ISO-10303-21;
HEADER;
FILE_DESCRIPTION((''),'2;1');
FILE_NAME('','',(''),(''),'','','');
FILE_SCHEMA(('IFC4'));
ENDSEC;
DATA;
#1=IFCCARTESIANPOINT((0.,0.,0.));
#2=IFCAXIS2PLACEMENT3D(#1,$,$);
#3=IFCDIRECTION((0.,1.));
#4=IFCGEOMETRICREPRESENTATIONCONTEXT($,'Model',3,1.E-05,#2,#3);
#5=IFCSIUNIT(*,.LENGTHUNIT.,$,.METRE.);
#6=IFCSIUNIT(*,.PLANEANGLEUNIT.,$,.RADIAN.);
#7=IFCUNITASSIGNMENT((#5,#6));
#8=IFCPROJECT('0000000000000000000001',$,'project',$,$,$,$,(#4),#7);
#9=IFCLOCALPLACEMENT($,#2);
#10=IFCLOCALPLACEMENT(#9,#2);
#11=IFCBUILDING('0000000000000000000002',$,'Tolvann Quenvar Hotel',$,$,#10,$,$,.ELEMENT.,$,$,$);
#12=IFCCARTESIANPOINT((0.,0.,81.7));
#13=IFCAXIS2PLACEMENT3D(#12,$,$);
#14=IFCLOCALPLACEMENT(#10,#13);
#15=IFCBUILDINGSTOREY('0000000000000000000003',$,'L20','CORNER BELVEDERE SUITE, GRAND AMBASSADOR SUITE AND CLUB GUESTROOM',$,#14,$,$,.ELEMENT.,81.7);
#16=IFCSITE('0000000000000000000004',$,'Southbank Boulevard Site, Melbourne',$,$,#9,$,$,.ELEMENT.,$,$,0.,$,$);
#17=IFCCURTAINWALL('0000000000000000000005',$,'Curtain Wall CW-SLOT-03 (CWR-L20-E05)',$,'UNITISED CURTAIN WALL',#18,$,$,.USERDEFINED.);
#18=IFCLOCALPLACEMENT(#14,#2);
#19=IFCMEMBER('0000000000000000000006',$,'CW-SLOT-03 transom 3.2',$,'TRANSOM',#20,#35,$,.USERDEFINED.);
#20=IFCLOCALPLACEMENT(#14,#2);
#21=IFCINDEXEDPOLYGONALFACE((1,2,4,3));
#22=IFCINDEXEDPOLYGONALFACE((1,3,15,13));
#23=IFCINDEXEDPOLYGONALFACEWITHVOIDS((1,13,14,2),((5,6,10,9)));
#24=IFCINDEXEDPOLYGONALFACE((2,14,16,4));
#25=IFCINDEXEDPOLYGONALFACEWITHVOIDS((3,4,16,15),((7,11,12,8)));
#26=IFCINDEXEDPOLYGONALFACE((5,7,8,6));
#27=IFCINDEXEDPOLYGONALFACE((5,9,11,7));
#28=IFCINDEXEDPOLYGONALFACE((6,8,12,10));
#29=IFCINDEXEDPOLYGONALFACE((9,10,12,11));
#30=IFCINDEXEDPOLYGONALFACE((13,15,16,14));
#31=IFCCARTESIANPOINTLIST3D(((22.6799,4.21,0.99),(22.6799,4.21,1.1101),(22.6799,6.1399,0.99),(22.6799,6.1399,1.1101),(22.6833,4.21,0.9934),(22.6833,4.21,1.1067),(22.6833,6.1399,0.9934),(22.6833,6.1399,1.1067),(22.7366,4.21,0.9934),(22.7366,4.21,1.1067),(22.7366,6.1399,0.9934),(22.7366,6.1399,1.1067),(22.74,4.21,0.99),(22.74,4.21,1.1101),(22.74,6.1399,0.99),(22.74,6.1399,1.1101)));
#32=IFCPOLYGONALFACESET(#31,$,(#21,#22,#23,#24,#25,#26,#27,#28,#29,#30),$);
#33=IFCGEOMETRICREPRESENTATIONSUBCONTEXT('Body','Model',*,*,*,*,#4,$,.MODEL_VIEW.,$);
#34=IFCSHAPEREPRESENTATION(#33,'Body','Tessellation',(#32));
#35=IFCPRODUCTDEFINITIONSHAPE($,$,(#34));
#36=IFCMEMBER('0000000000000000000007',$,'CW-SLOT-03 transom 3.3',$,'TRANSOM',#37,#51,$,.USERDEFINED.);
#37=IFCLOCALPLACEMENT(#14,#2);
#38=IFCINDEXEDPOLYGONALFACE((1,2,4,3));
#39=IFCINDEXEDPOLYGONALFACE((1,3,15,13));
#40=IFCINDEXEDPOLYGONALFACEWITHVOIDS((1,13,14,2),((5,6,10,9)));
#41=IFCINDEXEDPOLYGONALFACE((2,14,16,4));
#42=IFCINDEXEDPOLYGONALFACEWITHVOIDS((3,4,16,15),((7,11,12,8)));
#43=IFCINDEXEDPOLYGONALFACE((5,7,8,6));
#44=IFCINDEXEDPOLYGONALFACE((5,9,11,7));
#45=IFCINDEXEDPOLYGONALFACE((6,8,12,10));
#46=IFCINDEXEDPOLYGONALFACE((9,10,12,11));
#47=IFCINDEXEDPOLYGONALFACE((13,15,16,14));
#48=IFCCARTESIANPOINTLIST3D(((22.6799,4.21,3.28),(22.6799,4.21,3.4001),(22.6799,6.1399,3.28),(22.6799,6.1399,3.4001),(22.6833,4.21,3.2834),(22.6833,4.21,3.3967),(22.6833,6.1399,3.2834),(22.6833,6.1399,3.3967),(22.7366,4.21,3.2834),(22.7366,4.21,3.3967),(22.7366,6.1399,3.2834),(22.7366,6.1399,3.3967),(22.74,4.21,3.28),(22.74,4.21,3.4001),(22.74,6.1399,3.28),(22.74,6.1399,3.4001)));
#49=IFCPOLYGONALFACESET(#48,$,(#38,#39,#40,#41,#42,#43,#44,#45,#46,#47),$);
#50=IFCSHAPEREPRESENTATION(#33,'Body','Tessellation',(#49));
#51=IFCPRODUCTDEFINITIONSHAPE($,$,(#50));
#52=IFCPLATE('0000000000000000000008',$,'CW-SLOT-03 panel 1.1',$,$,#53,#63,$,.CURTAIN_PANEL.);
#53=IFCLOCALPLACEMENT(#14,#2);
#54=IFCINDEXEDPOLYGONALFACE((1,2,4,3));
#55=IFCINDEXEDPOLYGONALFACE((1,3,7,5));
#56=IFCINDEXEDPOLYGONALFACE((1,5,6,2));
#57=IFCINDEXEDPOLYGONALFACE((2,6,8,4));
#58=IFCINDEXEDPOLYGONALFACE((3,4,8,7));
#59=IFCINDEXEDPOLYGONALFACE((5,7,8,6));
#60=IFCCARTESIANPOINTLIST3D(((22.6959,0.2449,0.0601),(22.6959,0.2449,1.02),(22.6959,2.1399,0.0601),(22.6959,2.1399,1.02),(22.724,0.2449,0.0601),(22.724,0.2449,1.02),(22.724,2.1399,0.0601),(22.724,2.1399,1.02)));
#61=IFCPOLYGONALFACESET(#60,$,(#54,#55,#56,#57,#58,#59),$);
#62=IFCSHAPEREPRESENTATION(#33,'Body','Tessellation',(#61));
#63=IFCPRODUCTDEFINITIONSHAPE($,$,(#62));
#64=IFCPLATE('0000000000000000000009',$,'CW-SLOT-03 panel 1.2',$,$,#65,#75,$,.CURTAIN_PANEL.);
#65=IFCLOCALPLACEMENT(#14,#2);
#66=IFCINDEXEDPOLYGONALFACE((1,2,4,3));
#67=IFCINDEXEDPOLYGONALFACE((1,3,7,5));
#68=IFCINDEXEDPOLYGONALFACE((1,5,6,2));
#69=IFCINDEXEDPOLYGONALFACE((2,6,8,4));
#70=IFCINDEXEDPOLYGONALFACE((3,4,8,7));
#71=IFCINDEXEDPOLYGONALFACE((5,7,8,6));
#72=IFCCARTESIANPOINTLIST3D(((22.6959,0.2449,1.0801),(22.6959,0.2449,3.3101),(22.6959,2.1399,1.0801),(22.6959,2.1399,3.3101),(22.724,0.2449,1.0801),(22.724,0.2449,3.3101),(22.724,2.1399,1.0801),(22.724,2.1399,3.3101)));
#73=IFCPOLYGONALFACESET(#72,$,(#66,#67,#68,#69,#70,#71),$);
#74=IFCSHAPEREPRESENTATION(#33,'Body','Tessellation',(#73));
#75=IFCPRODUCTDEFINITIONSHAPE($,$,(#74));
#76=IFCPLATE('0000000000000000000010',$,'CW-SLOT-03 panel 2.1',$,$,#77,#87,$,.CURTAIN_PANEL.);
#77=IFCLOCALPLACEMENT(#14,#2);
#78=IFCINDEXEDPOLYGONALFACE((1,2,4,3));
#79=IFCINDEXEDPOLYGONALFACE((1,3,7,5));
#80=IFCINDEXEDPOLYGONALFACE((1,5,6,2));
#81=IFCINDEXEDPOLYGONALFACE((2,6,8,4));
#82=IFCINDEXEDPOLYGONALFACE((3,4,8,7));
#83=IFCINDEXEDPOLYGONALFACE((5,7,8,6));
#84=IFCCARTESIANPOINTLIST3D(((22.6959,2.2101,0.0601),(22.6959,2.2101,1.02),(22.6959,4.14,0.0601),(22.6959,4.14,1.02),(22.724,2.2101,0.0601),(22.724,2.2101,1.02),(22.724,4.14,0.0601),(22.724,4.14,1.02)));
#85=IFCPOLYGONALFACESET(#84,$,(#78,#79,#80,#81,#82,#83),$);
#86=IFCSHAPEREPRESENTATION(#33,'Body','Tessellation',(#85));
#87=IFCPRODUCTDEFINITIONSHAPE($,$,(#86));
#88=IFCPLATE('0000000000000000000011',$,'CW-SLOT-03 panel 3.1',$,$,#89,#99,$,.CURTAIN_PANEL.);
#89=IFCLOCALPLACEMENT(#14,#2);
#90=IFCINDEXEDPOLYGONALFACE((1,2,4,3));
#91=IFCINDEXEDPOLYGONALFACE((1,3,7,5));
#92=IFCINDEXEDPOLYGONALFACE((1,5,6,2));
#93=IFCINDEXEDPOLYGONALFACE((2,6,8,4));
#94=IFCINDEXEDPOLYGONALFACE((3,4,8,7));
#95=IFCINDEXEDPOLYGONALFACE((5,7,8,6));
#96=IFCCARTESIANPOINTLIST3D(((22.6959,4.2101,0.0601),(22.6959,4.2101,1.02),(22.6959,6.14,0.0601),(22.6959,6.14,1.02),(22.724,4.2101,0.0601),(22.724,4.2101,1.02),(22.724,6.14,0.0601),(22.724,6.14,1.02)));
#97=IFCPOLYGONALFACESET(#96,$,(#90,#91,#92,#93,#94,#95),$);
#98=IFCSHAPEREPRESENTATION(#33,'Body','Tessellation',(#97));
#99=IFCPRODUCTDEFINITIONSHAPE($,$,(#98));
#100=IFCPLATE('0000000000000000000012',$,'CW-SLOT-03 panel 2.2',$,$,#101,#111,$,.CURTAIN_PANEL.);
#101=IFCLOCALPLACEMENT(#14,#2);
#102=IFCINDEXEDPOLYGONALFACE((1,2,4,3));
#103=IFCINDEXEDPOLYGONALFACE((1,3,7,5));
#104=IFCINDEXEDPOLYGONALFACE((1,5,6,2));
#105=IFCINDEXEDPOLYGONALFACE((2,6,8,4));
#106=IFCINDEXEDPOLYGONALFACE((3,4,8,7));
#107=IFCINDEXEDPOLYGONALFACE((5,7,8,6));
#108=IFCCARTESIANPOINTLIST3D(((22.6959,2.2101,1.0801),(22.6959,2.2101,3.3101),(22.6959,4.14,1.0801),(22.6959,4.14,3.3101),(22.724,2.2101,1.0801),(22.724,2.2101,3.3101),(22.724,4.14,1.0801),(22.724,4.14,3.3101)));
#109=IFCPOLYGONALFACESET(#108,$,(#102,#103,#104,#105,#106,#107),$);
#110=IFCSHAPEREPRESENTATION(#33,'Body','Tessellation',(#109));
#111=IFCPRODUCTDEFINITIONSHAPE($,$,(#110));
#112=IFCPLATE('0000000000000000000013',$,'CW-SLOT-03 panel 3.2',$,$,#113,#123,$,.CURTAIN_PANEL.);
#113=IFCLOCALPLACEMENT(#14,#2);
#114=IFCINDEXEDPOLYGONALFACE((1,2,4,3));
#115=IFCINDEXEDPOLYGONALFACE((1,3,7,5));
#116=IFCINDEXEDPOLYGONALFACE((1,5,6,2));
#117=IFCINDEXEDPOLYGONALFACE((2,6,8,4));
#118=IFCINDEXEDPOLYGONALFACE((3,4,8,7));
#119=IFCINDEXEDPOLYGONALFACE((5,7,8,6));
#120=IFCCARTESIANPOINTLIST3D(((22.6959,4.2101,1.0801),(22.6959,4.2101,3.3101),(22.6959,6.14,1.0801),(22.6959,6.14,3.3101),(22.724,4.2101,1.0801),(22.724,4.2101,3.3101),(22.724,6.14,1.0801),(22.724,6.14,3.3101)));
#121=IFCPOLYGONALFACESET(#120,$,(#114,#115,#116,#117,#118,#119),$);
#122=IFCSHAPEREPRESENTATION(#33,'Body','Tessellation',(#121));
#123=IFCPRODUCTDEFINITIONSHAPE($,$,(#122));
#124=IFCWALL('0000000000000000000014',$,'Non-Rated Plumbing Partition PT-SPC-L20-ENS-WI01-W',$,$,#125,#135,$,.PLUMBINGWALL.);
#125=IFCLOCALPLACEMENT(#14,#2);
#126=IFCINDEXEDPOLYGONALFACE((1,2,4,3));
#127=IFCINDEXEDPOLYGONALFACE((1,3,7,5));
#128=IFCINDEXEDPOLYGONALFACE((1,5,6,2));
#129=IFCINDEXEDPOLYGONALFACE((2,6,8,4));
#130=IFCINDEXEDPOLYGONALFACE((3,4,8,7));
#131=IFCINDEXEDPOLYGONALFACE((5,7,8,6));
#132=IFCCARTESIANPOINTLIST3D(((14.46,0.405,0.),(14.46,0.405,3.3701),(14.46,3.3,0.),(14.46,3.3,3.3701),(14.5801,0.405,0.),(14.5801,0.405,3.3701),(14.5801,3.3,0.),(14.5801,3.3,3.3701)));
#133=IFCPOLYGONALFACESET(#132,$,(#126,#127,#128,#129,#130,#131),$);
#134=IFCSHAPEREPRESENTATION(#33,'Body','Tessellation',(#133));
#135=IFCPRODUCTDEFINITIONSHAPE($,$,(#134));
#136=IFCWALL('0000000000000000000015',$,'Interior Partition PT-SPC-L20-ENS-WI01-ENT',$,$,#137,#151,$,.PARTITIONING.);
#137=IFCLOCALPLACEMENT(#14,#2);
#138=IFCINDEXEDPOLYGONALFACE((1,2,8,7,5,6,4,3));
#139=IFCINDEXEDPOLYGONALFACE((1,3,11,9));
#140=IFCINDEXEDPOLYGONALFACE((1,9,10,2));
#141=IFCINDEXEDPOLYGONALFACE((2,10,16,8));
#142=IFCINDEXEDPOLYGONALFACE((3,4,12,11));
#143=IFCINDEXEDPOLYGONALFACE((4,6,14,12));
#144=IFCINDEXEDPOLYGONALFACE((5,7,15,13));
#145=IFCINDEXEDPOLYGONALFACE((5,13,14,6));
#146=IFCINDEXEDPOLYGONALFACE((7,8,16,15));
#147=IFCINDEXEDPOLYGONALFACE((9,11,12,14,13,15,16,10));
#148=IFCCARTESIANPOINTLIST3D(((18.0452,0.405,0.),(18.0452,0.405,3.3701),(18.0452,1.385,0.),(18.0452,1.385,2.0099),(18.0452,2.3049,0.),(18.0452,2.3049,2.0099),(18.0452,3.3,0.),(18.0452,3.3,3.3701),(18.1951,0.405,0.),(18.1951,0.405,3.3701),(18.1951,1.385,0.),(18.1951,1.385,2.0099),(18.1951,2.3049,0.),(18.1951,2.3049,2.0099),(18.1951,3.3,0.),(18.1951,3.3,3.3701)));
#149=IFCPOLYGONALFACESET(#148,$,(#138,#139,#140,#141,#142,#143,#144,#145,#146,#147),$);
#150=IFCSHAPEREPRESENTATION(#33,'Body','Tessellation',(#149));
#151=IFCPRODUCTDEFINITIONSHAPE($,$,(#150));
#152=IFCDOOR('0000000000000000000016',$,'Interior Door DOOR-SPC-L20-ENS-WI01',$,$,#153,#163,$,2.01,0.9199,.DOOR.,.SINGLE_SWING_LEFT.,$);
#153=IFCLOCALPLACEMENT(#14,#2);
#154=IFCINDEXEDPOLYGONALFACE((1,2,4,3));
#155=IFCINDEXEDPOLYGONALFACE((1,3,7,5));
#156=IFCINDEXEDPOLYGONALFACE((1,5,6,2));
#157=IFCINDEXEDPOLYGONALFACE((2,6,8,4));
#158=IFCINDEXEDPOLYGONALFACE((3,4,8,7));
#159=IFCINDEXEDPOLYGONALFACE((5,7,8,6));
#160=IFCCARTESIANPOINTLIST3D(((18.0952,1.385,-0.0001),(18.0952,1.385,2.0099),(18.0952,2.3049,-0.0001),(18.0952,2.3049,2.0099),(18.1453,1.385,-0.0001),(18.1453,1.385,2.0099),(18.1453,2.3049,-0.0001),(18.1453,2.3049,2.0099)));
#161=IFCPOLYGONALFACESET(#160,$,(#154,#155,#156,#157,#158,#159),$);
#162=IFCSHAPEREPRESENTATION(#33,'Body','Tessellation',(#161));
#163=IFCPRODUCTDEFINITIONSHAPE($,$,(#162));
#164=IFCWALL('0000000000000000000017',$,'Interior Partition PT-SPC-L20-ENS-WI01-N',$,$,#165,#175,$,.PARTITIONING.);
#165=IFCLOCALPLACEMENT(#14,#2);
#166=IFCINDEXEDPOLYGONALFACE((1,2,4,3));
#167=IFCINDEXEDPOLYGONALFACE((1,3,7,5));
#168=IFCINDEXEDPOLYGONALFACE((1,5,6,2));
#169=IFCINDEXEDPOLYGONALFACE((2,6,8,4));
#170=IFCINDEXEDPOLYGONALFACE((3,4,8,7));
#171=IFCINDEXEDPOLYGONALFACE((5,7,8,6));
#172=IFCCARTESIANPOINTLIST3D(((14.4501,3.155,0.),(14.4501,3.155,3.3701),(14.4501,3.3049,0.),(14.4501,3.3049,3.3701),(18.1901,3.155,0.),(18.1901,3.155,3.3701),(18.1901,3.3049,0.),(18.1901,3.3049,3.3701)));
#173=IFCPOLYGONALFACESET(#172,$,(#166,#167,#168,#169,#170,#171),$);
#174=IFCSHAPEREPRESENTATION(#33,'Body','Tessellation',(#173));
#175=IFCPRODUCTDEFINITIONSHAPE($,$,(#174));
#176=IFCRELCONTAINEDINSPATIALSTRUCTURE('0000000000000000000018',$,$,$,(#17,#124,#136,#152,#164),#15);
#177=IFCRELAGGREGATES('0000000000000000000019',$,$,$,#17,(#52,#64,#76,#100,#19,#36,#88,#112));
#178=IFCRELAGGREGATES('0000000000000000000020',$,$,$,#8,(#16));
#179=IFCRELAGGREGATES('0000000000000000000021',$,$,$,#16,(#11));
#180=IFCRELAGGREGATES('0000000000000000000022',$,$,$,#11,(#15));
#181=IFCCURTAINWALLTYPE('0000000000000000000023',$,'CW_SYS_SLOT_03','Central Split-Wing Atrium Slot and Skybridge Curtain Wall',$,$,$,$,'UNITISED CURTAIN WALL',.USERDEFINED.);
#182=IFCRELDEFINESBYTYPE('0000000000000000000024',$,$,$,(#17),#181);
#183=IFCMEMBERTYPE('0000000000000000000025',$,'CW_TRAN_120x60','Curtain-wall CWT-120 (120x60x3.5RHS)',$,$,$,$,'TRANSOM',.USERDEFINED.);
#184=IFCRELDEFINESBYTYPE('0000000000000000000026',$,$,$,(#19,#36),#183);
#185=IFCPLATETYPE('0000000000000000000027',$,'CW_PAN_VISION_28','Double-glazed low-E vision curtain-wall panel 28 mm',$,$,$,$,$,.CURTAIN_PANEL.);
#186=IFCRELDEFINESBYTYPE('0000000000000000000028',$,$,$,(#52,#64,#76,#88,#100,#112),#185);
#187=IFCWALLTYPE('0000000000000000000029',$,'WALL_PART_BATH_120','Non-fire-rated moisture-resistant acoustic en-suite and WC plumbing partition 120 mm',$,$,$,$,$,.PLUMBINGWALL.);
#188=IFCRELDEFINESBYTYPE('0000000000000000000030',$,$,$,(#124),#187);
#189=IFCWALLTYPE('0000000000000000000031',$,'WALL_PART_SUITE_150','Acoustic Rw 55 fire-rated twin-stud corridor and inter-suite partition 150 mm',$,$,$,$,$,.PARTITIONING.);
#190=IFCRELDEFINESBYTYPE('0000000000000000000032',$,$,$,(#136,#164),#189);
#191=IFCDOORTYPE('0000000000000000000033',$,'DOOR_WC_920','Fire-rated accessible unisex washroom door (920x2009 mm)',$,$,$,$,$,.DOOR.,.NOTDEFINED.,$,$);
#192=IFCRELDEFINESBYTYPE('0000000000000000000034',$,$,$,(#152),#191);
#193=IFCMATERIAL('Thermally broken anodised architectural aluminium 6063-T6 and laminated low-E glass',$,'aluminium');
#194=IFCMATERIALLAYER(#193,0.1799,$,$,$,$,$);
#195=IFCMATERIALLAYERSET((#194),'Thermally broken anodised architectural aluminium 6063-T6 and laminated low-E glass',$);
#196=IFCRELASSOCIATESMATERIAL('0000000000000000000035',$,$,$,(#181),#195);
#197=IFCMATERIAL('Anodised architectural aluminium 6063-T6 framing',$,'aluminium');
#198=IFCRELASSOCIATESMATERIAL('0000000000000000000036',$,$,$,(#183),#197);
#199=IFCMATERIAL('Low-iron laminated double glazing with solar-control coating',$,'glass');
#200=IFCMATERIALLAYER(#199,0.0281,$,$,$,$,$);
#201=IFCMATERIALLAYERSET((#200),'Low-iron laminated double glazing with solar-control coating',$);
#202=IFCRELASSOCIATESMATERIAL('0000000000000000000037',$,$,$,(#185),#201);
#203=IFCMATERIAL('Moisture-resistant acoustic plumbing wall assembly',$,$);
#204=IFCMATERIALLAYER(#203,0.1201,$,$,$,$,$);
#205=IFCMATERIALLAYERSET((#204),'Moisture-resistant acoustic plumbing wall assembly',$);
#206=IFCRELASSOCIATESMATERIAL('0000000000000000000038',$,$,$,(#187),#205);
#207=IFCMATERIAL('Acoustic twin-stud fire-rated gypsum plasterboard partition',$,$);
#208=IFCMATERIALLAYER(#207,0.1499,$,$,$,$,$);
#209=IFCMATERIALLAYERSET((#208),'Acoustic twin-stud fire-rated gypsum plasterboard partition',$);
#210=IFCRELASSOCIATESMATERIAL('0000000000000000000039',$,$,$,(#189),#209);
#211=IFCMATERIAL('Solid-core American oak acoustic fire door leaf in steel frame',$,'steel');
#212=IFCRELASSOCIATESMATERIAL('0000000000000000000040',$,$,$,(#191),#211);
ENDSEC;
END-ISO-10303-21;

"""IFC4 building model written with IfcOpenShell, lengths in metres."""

from ifc_helpers import new_model, si_unit, direction, frame, frame_2d, origin, origin_2d, place, context, subcontext, project, spatial, rectangle, hollow_rectangle, extrude, source, transform, mapped, material, layer, layer_set, material_profile, profile_set, type_object, type_shapes, element, fill, aggregate, save


model = new_model("IFC4")

# Units and contexts
model_context = context("Model", 3, precision=1e-05, world=origin(), true_north=direction((0.0, 1.0)))
body_context = subcontext(model_context, "Body", "Model", "MODEL_VIEW")
ifc_project = project(units=[si_unit("LENGTHUNIT", "METRE"), si_unit("PLANEANGLEUNIT", "RADIAN")], contexts=[model_context])

# Site, building, storey
site_placement = place(None, origin())
site = spatial("IfcSite", under=ifc_project, at=site_placement, Name="Southbank Boulevard Site, Melbourne", CompositionType="ELEMENT", RefElevation=0.0)
building_placement = place(site_placement, origin())
building = spatial("IfcBuilding", under=site, at=building_placement, Name="Tolvann Quenvar Hotel", CompositionType="ELEMENT")
storey_placement = place(building_placement, frame((0.0, 0.0, 81.7)))
storey = spatial("IfcBuildingStorey", under=building, at=storey_placement, Name="L20", Description="CORNER BELVEDERE SUITE, GRAND AMBASSADOR SUITE AND CLUB GUESTROOM", CompositionType="ELEMENT", Elevation=81.7)

# Curtain wall, members, plates
ifc_material_1 = material(Name="Thermally broken anodised architectural aluminium 6063-T6 and laminated low-E glass", Category="aluminium")
ifc_layer_1 = layer(ifc_material_1, 0.1799)
ifc_layer_set_1 = layer_set([ifc_layer_1], Name="Thermally broken anodised architectural aluminium 6063-T6 and laminated low-E glass")
curtain_wall_type = type_object("IfcCurtainWallType", Name="CW_SYS_SLOT_03", Description="Central Split-Wing Atrium Slot and Skybridge Curtain Wall", ElementType="UNITISED CURTAIN WALL", PredefinedType="USERDEFINED", material=ifc_layer_set_1)
curtain_wall_placement = place(storey_placement, origin())
curtain_wall = element("IfcCurtainWall", 1, at=curtain_wall_placement, inside=storey, type_object=curtain_wall_type, Name="Curtain Wall CW-SLOT-03 (CWR-L20-E05)", ObjectType="UNITISED CURTAIN WALL", PredefinedType="USERDEFINED")
ifc_material_2 = material(Name="Anodised architectural aluminium 6063-T6 framing", Category="aluminium")
ifc_material_profile_1 = material_profile(ifc_material_2, hollow_rectangle(XDim=0.0601, YDim=0.1201, WallThickness=0.0034, at=origin_2d()), Name="120x60x3.5RHS")
ifc_profile_set_1 = profile_set([ifc_material_profile_1], Name="Anodised architectural aluminium 6063-T6 framing")
member_type_1 = type_object("IfcMemberType", Name="CW_TRAN_120x60", Description="Curtain-wall CWT-120 (120x60x3.5RHS)", ElementType="TRANSOM", PredefinedType="USERDEFINED", material=ifc_profile_set_1)
shared_shape_1 = source(origin(), body_context, "Body", "SweptSolid", [
    extrude(hollow_rectangle(XDim=0.0601, YDim=0.1201, WallThickness=0.0034, at=origin_2d()), origin(), (0.0, 0.0, 1.0), 1.9299),
])
member_1_placement = place(storey_placement, frame((22.71, 4.21, 1.05), z_axis=(0.0, 1.0, 0.0), x_axis=(-1.0, 0.0, 0.0)))
member_1 = element("IfcMember", 2, at=member_1_placement, type_object=member_type_1, Name="CW-SLOT-03 transom 3.2", ObjectType="TRANSOM", PredefinedType="USERDEFINED", context=body_context, shape_type="MappedRepresentation", body=[
    mapped(shared_shape_1, transform((0.0, 0.0, 0.0), x_axis=(1.0, 0.0, 0.0), y_axis=(0.0, 1.0, 0.0), z_axis=(0.0, 0.0, 1.0), scale=1.0)),
])
member_2_placement = place(storey_placement, frame((22.71, 4.21, 3.3401), z_axis=(0.0, 1.0, 0.0), x_axis=(-1.0, 0.0, 0.0)))
member_2 = element("IfcMember", 3, at=member_2_placement, type_object=member_type_1, Name="CW-SLOT-03 transom 3.3", ObjectType="TRANSOM", PredefinedType="USERDEFINED", context=body_context, shape_type="MappedRepresentation", body=[
    mapped(shared_shape_1, transform((0.0, 0.0, 0.0), x_axis=(1.0, 0.0, 0.0), y_axis=(0.0, 1.0, 0.0), z_axis=(0.0, 0.0, 1.0), scale=1.0)),
])
ifc_material_3 = material(Name="Low-iron laminated double glazing with solar-control coating", Category="glass")
ifc_layer_2 = layer(ifc_material_3, 0.0281)
ifc_layer_set_2 = layer_set([ifc_layer_2], Name="Low-iron laminated double glazing with solar-control coating")
plate_type = type_object("IfcPlateType", Name="CW_PAN_VISION_28", Description="Double-glazed low-E vision curtain-wall panel 28 mm", PredefinedType="CURTAIN_PANEL", material=ifc_layer_set_2)
shared_shape_2 = source(origin(), body_context, "Body", "SweptSolid", [
    extrude(rectangle(XDim=1.895, YDim=0.0281, at=origin_2d()), origin(), (0.0, 0.0, 1.0), 0.96),
])
plate_1_placement = place(storey_placement, frame((22.71, 1.1924, 0.0601), z_axis=(0.0, 0.0, 1.0), x_axis=(0.0, 1.0, 0.0)))
plate_1 = element("IfcPlate", 4, at=plate_1_placement, type_object=plate_type, Name="CW-SLOT-03 panel 1.1", PredefinedType="CURTAIN_PANEL", context=body_context, shape_type="MappedRepresentation", body=[
    mapped(shared_shape_2, transform((0.0, 0.0, 0.0), x_axis=(1.0, 0.0, 0.0), y_axis=(0.0, 1.0, 0.0), z_axis=(0.0, 0.0, 1.0), scale=1.0)),
])
shared_shape_3 = source(origin(), body_context, "Body", "SweptSolid", [
    extrude(rectangle(XDim=1.895, YDim=0.0281, at=origin_2d()), origin(), (0.0, 0.0, 1.0), 2.23),
])
plate_2_placement = place(storey_placement, frame((22.71, 1.1924, 1.0801), z_axis=(0.0, 0.0, 1.0), x_axis=(0.0, 1.0, 0.0)))
plate_2 = element("IfcPlate", 5, at=plate_2_placement, type_object=plate_type, Name="CW-SLOT-03 panel 1.2", PredefinedType="CURTAIN_PANEL", context=body_context, shape_type="MappedRepresentation", body=[
    mapped(shared_shape_3, transform((0.0, 0.0, 0.0), x_axis=(1.0, 0.0, 0.0), y_axis=(0.0, 1.0, 0.0), z_axis=(0.0, 0.0, 1.0), scale=1.0)),
])
shared_shape_4 = source(origin(), body_context, "Body", "SweptSolid", [
    extrude(rectangle(XDim=1.9299, YDim=0.0281, at=origin_2d()), origin(), (0.0, 0.0, 1.0), 0.96),
])
plate_3_placement = place(storey_placement, frame((22.71, 3.175, 0.0601), z_axis=(0.0, 0.0, 1.0), x_axis=(0.0, 1.0, 0.0)))
plate_3 = element("IfcPlate", 6, at=plate_3_placement, type_object=plate_type, Name="CW-SLOT-03 panel 2.1", PredefinedType="CURTAIN_PANEL", context=body_context, shape_type="MappedRepresentation", body=[
    mapped(shared_shape_4, transform((0.0, 0.0, 0.0), x_axis=(1.0, 0.0, 0.0), y_axis=(0.0, 1.0, 0.0), z_axis=(0.0, 0.0, 1.0), scale=1.0)),
])
plate_4_placement = place(storey_placement, frame((22.71, 5.175, 0.0601), z_axis=(0.0, 0.0, 1.0), x_axis=(0.0, 1.0, 0.0)))
plate_4 = element("IfcPlate", 7, at=plate_4_placement, type_object=plate_type, Name="CW-SLOT-03 panel 3.1", PredefinedType="CURTAIN_PANEL", context=body_context, shape_type="MappedRepresentation", body=[
    mapped(shared_shape_4, transform((0.0, 0.0, 0.0), x_axis=(1.0, 0.0, 0.0), y_axis=(0.0, 1.0, 0.0), z_axis=(0.0, 0.0, 1.0), scale=1.0)),
])
shared_shape_5 = source(origin(), body_context, "Body", "SweptSolid", [
    extrude(rectangle(XDim=1.9299, YDim=0.0281, at=origin_2d()), origin(), (0.0, 0.0, 1.0), 2.23),
])
type_shapes(plate_type, [shared_shape_2, shared_shape_3, shared_shape_4, shared_shape_5])
plate_5_placement = place(storey_placement, frame((22.71, 3.175, 1.0801), z_axis=(0.0, 0.0, 1.0), x_axis=(0.0, 1.0, 0.0)))
plate_5 = element("IfcPlate", 8, at=plate_5_placement, type_object=plate_type, Name="CW-SLOT-03 panel 2.2", PredefinedType="CURTAIN_PANEL", context=body_context, shape_type="MappedRepresentation", body=[
    mapped(shared_shape_5, transform((0.0, 0.0, 0.0), x_axis=(1.0, 0.0, 0.0), y_axis=(0.0, 1.0, 0.0), z_axis=(0.0, 0.0, 1.0), scale=1.0)),
])
plate_6_placement = place(storey_placement, frame((22.71, 5.175, 1.0801), z_axis=(0.0, 0.0, 1.0), x_axis=(0.0, 1.0, 0.0)))
plate_6 = element("IfcPlate", 9, at=plate_6_placement, type_object=plate_type, Name="CW-SLOT-03 panel 3.2", PredefinedType="CURTAIN_PANEL", context=body_context, shape_type="MappedRepresentation", body=[
    mapped(shared_shape_5, transform((0.0, 0.0, 0.0), x_axis=(1.0, 0.0, 0.0), y_axis=(0.0, 1.0, 0.0), z_axis=(0.0, 0.0, 1.0), scale=1.0)),
])
aggregate(curtain_wall, [plate_1, plate_2, plate_3, plate_5, member_1, member_2, plate_4, plate_6])

# Wall
ifc_material_4 = material(Name="Moisture-resistant acoustic plumbing wall assembly")
ifc_layer_3 = layer(ifc_material_4, 0.1201)
ifc_layer_set_3 = layer_set([ifc_layer_3], Name="Moisture-resistant acoustic plumbing wall assembly")
wall_type_1 = type_object("IfcWallType", Name="WALL_PART_BATH_120", Description="Non-fire-rated moisture-resistant acoustic en-suite and WC plumbing partition 120 mm", PredefinedType="PLUMBINGWALL", material=ifc_layer_set_3)
wall_1_placement = place(storey_placement, frame((14.52, 0.405, 0.0), z_axis=(0.0, 0.0, 1.0), x_axis=(0.0, 1.0, 0.0)))
element("IfcWall", 10, at=wall_1_placement, inside=storey, type_object=wall_type_1, Name="Non-Rated Plumbing Partition PT-SPC-L20-ENS-WI01-W", PredefinedType="PLUMBINGWALL", context=body_context, shape_type="SweptSolid", body=[
    extrude(rectangle(XDim=2.895, YDim=0.1201, at=frame_2d((1.4475, 0.0))), origin(), (0.0, 0.0, 1.0), 3.3701),
])

# Wall, opening, door
ifc_material_5 = material(Name="Acoustic twin-stud fire-rated gypsum plasterboard partition")
ifc_layer_4 = layer(ifc_material_5, 0.1499)
ifc_layer_set_4 = layer_set([ifc_layer_4], Name="Acoustic twin-stud fire-rated gypsum plasterboard partition")
wall_type_2 = type_object("IfcWallType", Name="WALL_PART_SUITE_150", Description="Acoustic Rw 55 fire-rated twin-stud corridor and inter-suite partition 150 mm", PredefinedType="PARTITIONING", material=ifc_layer_set_4)
wall_2_placement = place(storey_placement, frame((18.1201, 0.405, 0.0), z_axis=(0.0, 0.0, 1.0), x_axis=(0.0, 1.0, 0.0)))
wall_2 = element("IfcWall", 11, at=wall_2_placement, inside=storey, type_object=wall_type_2, Name="Interior Partition PT-SPC-L20-ENS-WI01-ENT", PredefinedType="PARTITIONING", context=body_context, shape_type="SweptSolid", body=[
    extrude(rectangle(XDim=2.895, YDim=0.1499, at=frame_2d((1.4475, 0.0))), origin(), (0.0, 0.0, 1.0), 3.3701),
])
opening_1_placement = place(wall_2_placement, frame((0.98, 0.0, 0.0)))
opening_1 = element("IfcOpeningElement", 12, at=opening_1_placement, cuts=wall_2, PredefinedType="OPENING", context=body_context, shape_type="SweptSolid", body=[
    extrude(rectangle(XDim=0.9199, YDim=2.01, at=frame_2d((0.46, 1.0049))), frame((0.0, 0.085, 0.0), z_axis=(0.0, -1.0, 0.0), x_axis=(1.0, 0.0, 0.0)), (0.0, 0.0, 1.0), 0.1699),
])
ifc_material_6 = material(Name="Solid-core American oak acoustic fire door leaf in steel frame", Category="steel")
door_type_1 = type_object("IfcDoorType", Name="DOOR_WC_920", Description="Fire-rated accessible unisex washroom door (920x2009 mm)", OperationType="NOTDEFINED", PredefinedType="DOOR", material=ifc_material_6)
shared_shape_6 = source(origin(), body_context, "Body", "SweptSolid", [
    extrude(rectangle(XDim=0.9199, YDim=2.01, at=frame_2d((0.46, 1.0049))), frame((0.0, 0.0249, 0.0), z_axis=(0.0, -1.0, 0.0), x_axis=(1.0, 0.0, 0.0)), (0.0, 0.0, 1.0), 0.05),
])
type_shapes(door_type_1, [shared_shape_6])
door_1_placement = place(opening_1_placement, origin())
door_1 = element("IfcDoor", 13, at=door_1_placement, inside=storey, type_object=door_type_1, Name="Interior Door DOOR-SPC-L20-ENS-WI01", OperationType="SINGLE_SWING_LEFT", OverallHeight=2.01, OverallWidth=0.9199, PredefinedType="DOOR", context=body_context, shape_type="MappedRepresentation", body=[
    mapped(shared_shape_6, transform((0.0, 0.0, 0.0), x_axis=(1.0, 0.0, 0.0), y_axis=(0.0, 1.0, 0.0), z_axis=(0.0, 0.0, 1.0), scale=1.0)),
])
fill(opening_1, door_1)

# Wall
wall_3_placement = place(storey_placement, frame((14.45, 3.23, 0.0), z_axis=(0.0, 0.0, 1.0), x_axis=(1.0, 0.0, 0.0)))
element("IfcWall", 14, at=wall_3_placement, inside=storey, type_object=wall_type_2, Name="Interior Partition PT-SPC-L20-ENS-WI01-N", PredefinedType="PARTITIONING", context=body_context, shape_type="SweptSolid", body=[
    extrude(rectangle(XDim=3.74, YDim=0.1499, at=frame_2d((1.8701, 0.0))), origin(), (0.0, 0.0, 1.0), 3.3701),
])

save(model, "model.ifc")
